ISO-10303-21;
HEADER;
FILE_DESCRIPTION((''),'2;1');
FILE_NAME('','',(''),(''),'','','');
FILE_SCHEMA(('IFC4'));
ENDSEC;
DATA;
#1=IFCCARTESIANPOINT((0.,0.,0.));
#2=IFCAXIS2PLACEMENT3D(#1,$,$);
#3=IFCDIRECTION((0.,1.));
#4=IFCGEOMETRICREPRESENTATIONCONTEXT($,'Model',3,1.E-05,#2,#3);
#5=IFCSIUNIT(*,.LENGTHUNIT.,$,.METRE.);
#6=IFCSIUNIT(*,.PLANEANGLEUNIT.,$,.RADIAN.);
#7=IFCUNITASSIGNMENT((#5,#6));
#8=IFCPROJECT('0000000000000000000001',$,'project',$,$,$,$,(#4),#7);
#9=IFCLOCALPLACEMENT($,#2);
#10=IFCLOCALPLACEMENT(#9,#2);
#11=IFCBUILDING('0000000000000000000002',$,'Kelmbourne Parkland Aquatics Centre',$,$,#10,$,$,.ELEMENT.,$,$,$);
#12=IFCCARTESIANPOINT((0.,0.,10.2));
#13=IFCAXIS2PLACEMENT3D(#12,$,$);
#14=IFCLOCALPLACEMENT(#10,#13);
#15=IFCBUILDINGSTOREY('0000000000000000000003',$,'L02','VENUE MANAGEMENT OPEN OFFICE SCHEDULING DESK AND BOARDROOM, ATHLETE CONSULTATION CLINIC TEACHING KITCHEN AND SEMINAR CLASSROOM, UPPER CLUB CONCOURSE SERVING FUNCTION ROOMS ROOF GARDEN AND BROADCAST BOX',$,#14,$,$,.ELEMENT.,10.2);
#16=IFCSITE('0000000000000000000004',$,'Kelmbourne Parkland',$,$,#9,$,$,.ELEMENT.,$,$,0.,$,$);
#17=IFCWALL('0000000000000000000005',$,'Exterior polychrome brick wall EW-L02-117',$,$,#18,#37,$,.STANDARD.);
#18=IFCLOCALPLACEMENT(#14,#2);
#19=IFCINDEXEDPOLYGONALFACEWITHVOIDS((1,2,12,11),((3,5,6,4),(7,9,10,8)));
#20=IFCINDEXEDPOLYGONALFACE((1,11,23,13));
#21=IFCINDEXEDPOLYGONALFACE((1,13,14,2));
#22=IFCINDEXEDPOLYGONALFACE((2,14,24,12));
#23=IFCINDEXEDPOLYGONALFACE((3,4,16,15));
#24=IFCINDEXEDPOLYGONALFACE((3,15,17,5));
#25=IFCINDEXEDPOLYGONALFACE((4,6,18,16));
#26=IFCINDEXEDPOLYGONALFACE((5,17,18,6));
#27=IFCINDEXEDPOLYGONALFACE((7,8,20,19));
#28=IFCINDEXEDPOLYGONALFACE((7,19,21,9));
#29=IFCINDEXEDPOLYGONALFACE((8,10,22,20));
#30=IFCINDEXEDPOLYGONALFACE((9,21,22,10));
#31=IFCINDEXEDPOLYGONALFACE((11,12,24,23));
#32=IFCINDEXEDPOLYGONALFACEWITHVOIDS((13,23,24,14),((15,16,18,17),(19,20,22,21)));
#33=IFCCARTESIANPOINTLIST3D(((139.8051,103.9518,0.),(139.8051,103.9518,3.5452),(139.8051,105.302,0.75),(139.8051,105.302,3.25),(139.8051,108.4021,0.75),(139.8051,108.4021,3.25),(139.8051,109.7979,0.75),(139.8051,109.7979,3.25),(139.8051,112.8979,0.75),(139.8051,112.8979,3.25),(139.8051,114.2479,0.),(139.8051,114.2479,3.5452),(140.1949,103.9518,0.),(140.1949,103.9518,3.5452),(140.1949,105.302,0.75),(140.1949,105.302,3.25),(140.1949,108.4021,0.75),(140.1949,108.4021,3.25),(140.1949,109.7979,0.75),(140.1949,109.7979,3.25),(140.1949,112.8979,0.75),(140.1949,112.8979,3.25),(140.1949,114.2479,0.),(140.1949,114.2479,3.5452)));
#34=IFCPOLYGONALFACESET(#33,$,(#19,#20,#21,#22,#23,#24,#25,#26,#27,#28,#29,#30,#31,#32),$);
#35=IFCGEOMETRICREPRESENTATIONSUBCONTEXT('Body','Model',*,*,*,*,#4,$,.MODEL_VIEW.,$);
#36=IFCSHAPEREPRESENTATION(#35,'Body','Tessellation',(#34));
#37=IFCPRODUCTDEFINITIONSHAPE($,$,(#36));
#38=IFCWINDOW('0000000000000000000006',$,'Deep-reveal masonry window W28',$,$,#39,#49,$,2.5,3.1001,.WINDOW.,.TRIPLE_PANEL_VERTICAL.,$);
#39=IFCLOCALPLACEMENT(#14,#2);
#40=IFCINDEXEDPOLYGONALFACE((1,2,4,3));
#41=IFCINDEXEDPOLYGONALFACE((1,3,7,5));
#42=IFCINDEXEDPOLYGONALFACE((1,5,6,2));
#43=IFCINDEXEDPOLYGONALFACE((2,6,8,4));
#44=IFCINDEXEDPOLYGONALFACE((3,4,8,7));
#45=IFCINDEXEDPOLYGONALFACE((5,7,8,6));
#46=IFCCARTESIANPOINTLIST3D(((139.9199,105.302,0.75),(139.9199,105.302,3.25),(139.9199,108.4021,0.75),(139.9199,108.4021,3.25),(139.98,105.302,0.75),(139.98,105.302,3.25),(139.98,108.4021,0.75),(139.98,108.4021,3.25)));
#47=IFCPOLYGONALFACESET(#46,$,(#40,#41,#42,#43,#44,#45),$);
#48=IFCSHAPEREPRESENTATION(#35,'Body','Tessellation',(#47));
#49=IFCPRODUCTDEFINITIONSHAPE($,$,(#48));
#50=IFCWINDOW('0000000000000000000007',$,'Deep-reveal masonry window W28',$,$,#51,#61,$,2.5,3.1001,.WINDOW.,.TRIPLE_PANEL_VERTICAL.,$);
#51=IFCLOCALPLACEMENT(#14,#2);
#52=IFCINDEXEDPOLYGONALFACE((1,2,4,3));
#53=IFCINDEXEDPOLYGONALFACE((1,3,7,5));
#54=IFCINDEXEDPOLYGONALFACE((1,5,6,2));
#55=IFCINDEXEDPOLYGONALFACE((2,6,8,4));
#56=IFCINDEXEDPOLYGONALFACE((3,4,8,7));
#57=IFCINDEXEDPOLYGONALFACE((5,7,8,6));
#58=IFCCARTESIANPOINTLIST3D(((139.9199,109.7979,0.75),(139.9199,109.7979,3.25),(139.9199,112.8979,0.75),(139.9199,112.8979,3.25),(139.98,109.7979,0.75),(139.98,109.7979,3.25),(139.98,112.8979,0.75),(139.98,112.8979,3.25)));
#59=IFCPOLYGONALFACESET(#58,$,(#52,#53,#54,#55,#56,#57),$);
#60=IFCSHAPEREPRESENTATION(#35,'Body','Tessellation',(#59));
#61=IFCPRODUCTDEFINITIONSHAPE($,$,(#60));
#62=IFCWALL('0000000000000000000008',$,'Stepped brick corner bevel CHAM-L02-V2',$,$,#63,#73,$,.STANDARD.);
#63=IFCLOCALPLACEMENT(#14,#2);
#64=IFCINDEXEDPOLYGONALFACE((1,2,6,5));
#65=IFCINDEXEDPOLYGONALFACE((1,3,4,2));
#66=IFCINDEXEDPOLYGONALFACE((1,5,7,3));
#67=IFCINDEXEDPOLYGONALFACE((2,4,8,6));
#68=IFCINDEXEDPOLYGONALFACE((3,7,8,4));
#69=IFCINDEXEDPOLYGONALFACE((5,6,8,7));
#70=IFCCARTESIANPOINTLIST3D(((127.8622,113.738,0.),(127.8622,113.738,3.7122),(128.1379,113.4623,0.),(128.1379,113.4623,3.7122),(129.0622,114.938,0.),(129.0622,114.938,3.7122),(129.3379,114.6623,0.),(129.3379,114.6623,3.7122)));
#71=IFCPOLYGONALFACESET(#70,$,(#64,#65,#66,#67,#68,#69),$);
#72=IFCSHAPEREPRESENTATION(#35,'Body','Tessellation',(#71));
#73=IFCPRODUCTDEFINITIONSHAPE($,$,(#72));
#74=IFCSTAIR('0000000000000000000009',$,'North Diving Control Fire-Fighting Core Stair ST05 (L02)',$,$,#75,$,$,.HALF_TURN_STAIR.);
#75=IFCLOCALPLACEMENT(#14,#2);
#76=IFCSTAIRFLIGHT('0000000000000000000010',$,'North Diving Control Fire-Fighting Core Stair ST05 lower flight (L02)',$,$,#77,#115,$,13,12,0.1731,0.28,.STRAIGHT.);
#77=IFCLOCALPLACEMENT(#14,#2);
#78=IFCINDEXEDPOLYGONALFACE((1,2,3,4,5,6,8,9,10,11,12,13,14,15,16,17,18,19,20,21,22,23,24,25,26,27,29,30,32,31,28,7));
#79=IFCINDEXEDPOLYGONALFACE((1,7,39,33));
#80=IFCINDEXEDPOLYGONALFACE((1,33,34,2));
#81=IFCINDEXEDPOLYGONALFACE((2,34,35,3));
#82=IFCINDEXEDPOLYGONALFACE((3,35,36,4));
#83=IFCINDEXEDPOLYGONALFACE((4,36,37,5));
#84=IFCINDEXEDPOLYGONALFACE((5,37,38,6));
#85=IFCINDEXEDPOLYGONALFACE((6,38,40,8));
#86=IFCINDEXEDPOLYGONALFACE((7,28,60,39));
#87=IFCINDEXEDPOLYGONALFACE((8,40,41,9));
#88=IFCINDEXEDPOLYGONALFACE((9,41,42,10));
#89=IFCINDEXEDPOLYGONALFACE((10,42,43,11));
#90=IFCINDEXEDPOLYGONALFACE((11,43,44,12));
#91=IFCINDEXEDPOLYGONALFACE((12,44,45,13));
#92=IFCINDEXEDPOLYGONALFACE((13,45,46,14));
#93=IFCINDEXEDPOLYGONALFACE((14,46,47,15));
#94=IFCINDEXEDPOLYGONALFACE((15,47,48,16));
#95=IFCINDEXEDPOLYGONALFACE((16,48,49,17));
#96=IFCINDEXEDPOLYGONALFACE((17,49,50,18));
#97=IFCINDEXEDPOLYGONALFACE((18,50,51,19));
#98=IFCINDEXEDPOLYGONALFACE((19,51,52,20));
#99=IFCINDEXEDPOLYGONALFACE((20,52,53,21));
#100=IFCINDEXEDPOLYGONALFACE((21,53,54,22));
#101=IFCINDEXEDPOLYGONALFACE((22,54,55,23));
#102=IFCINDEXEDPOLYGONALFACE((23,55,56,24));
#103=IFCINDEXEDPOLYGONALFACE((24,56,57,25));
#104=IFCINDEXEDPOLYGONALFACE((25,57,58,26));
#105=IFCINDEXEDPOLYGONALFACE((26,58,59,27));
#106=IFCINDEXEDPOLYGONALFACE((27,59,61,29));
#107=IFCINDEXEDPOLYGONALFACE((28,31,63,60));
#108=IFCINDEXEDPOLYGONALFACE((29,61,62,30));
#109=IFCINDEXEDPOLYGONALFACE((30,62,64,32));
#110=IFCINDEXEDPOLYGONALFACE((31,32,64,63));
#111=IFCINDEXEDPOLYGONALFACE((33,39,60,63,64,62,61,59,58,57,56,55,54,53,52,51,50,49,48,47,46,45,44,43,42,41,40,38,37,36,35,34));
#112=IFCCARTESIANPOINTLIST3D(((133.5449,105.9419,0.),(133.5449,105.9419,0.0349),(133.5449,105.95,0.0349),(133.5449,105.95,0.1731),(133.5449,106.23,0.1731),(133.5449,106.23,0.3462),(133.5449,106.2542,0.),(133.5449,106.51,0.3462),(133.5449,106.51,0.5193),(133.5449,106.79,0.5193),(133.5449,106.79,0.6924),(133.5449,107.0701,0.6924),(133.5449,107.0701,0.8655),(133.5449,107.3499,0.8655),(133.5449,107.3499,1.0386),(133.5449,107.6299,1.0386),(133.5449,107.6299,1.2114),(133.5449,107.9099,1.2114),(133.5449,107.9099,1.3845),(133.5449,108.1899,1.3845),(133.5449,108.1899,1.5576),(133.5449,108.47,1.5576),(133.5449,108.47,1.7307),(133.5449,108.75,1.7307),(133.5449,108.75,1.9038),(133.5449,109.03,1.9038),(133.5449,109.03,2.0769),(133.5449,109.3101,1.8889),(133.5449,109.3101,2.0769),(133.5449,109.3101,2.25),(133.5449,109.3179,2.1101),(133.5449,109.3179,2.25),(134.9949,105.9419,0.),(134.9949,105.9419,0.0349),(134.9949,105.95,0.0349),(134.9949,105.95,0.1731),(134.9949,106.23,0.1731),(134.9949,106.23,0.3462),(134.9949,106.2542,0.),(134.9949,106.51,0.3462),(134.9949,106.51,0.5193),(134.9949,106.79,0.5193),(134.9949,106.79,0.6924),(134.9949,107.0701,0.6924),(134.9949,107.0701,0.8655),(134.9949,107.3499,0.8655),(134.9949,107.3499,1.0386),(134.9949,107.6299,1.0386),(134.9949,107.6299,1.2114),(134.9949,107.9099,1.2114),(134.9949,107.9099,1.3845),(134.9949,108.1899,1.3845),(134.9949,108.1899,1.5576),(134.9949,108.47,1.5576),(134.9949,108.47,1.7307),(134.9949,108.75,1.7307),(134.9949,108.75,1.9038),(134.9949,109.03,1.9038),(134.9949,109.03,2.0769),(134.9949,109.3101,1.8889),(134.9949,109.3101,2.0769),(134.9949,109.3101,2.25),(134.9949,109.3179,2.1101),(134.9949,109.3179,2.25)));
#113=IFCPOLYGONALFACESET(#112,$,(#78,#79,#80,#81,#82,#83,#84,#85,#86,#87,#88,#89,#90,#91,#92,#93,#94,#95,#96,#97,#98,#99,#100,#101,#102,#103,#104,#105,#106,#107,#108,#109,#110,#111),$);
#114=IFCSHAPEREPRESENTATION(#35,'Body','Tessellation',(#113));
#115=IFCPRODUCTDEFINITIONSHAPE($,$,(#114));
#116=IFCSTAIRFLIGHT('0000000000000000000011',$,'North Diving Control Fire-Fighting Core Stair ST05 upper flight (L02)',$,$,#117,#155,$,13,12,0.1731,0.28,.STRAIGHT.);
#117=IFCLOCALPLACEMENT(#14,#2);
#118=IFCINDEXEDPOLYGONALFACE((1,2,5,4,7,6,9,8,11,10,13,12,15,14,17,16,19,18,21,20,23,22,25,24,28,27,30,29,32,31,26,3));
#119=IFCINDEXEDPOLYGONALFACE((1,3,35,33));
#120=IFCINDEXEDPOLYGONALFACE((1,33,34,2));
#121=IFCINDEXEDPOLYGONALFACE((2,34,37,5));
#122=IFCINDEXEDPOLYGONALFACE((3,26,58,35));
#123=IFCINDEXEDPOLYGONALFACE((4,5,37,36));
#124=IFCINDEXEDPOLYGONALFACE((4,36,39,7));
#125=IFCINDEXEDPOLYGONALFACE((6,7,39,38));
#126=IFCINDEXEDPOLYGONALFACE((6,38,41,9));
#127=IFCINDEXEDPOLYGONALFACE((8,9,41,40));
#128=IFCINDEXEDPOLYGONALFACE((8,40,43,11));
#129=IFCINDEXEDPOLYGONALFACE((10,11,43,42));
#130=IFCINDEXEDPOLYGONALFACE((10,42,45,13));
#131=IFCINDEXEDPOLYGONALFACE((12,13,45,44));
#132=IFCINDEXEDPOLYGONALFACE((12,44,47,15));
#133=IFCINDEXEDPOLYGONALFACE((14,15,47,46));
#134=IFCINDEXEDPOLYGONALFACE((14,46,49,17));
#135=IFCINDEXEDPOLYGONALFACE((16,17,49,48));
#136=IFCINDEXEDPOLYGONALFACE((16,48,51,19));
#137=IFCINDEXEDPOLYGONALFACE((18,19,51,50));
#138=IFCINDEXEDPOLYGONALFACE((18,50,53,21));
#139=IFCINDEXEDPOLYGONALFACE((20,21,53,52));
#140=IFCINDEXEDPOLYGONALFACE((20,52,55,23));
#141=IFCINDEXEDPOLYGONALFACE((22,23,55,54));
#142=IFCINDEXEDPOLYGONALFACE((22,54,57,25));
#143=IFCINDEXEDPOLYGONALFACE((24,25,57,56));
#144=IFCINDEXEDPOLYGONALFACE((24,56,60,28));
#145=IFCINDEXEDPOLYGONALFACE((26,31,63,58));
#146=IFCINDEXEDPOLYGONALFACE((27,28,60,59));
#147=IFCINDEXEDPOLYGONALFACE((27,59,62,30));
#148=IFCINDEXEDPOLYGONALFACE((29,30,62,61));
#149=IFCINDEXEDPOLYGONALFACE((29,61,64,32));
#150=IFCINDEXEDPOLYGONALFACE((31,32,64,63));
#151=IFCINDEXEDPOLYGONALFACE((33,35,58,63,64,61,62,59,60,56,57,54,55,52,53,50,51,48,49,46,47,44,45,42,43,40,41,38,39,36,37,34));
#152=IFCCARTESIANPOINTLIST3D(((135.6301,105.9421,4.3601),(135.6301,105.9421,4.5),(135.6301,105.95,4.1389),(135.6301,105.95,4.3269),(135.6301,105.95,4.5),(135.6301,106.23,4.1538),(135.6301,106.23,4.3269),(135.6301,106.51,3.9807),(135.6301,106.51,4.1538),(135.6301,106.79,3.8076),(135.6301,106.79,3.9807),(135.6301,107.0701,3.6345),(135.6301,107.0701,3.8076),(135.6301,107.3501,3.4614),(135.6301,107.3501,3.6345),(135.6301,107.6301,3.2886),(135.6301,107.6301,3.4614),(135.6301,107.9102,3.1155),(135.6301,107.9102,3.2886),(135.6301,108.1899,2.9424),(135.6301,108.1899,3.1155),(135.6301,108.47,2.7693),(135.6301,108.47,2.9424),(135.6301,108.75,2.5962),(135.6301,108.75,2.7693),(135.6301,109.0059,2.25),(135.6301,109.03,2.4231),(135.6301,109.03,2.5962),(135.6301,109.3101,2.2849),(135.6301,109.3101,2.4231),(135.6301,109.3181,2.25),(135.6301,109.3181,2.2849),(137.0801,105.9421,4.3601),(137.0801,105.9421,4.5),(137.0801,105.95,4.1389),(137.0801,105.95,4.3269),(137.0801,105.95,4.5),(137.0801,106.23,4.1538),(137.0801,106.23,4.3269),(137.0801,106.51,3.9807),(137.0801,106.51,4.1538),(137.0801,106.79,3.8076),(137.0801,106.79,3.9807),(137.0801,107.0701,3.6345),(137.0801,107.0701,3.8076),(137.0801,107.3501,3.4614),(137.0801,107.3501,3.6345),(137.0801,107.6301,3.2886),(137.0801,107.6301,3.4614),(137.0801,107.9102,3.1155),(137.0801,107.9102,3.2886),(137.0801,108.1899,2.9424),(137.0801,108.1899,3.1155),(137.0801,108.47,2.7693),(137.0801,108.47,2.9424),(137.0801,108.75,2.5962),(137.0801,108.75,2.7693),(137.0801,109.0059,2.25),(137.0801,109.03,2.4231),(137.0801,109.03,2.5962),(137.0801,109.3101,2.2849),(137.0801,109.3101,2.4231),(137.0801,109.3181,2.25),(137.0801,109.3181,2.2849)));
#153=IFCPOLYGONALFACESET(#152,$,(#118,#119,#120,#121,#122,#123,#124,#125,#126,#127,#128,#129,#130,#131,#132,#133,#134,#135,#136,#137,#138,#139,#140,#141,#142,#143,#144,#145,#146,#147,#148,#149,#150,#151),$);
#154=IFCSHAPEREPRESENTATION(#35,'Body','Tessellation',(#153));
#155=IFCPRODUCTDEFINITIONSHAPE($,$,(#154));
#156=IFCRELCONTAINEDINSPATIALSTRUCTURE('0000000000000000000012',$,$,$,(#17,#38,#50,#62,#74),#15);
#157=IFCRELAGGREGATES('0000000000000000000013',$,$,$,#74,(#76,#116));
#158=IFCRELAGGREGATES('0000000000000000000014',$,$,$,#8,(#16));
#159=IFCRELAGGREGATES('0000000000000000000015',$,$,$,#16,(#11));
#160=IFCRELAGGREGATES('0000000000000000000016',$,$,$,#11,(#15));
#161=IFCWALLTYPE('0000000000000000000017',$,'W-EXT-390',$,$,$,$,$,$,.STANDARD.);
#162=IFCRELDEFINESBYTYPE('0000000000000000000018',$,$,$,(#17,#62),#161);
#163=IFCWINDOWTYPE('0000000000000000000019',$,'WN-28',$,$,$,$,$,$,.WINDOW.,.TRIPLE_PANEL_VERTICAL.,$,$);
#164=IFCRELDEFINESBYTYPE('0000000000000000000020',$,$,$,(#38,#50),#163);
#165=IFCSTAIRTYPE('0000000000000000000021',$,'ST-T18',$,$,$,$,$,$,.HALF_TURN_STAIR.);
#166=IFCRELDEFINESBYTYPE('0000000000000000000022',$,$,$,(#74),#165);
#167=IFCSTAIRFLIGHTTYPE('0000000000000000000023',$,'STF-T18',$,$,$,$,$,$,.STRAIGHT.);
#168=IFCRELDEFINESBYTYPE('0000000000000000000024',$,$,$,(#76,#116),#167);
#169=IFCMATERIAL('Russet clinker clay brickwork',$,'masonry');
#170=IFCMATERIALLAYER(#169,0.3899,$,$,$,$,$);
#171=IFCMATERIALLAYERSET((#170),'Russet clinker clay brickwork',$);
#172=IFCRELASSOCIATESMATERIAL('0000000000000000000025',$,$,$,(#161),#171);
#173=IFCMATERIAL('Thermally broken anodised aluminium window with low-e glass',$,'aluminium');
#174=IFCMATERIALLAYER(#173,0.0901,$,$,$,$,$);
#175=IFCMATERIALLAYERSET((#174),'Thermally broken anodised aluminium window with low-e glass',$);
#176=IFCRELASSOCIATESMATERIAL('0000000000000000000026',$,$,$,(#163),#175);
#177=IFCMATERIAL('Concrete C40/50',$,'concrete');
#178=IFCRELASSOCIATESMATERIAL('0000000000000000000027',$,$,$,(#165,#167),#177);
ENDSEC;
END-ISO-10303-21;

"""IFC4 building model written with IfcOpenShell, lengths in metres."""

from ifc_helpers import new_model, si_unit, direction, frame, frame_2d, origin, place, context, subcontext, project, spatial, polyline, rectangle, outline, extrude, material, layer, layer_set, type_object, element, fill, aggregate, save


model = new_model("IFC4")

# Units and contexts
model_context = context("Model", 3, precision=1e-05, world=origin(), true_north=direction((0.0, 1.0)))
body_context = subcontext(model_context, "Body", "Model", "MODEL_VIEW")
ifc_project = project(units=[si_unit("LENGTHUNIT", "METRE"), si_unit("PLANEANGLEUNIT", "RADIAN")], contexts=[model_context])

# Site, building, storey
site_placement = place(None, origin())
site = spatial("IfcSite", under=ifc_project, at=site_placement, Name="Kelmbourne Parkland", CompositionType="ELEMENT", RefElevation=0.0)
building_placement = place(site_placement, origin())
building = spatial("IfcBuilding", under=site, at=building_placement, Name="Kelmbourne Parkland Aquatics Centre", CompositionType="ELEMENT")
storey_placement = place(building_placement, frame((0.0, 0.0, 10.2)))
storey = spatial("IfcBuildingStorey", under=building, at=storey_placement, Name="L02", Description="VENUE MANAGEMENT OPEN OFFICE SCHEDULING DESK AND BOARDROOM, ATHLETE CONSULTATION CLINIC TEACHING KITCHEN AND SEMINAR CLASSROOM, UPPER CLUB CONCOURSE SERVING FUNCTION ROOMS ROOF GARDEN AND BROADCAST BOX", CompositionType="ELEMENT", Elevation=10.2)

# Shared definitions
ifc_material_1 = material(Name="Concrete C40/50", Category="concrete")

# Wall, openings, windows
ifc_material_2 = material(Name="Thermally broken anodised aluminium window with low-e glass", Category="aluminium")
ifc_material_3 = material(Name="Russet clinker clay brickwork", Category="masonry")
ifc_layer_1 = layer(ifc_material_3, 0.3899)
ifc_layer_set_1 = layer_set([ifc_layer_1], Name="Russet clinker clay brickwork")
wall_type_1 = type_object("IfcWallType", Name="W-EXT-390", PredefinedType="STANDARD", material=ifc_layer_set_1)
wall_1_placement = place(storey_placement, frame((140.0, 103.9519, 0.0), z_axis=(0.0, 0.0, 1.0), x_axis=(0.0, 1.0, 0.0)))
wall_1 = element("IfcWall", 1, at=wall_1_placement, inside=storey, type_object=wall_type_1, Name="Exterior polychrome brick wall EW-L02-117", PredefinedType="STANDARD", context=body_context, shape_type="SweptSolid", body=[
    extrude(rectangle(XDim=10.2961, YDim=0.3899, at=frame_2d((5.1479, 0.0))), origin(), (0.0, 0.0, 1.0), 3.5452),
])
opening_1_placement = place(wall_1_placement, frame((1.3501, 0.0, 0.75)))
opening_1 = element("IfcOpeningElement", 2, at=opening_1_placement, cuts=wall_1, PredefinedType="OPENING", context=body_context, shape_type="SweptSolid", body=[
    extrude(rectangle(XDim=3.1001, YDim=2.5, at=frame_2d((1.55, 1.25))), frame((0.0, 0.207, 0.0), z_axis=(0.0, -1.0, 0.0), x_axis=(1.0, 0.0, 0.0)), (0.0, 0.0, 1.0), 0.4138),
])
opening_2_placement = place(wall_1_placement, frame((5.8459, 0.0, 0.75)))
opening_2 = element("IfcOpeningElement", 3, at=opening_2_placement, cuts=wall_1, PredefinedType="OPENING", context=body_context, shape_type="SweptSolid", body=[
    extrude(rectangle(XDim=3.1001, YDim=2.5, at=frame_2d((1.55, 1.25))), frame((0.0, 0.207, 0.0), z_axis=(0.0, -1.0, 0.0), x_axis=(1.0, 0.0, 0.0)), (0.0, 0.0, 1.0), 0.4138),
])
ifc_layer_2 = layer(ifc_material_2, 0.0901)
ifc_layer_set_2 = layer_set([ifc_layer_2], Name="Thermally broken anodised aluminium window with low-e glass")
window_type_1 = type_object("IfcWindowType", Name="WN-28", PartitioningType="TRIPLE_PANEL_VERTICAL", PredefinedType="WINDOW", material=ifc_layer_set_2)
window_1_placement = place(opening_1_placement, origin())
window_1 = element("IfcWindow", 4, at=window_1_placement, inside=storey, type_object=window_type_1, Name="Deep-reveal masonry window W28", OverallHeight=2.5, OverallWidth=3.1001, PartitioningType="TRIPLE_PANEL_VERTICAL", PredefinedType="WINDOW", context=body_context, shape_type="SweptSolid", body=[
    extrude(rectangle(XDim=3.1001, YDim=2.5, at=frame_2d((1.55, 1.25))), frame((0.0, 0.0801, 0.0), z_axis=(0.0, -1.0, 0.0), x_axis=(1.0, 0.0, 0.0)), (0.0, 0.0, 1.0), 0.0601),
])
fill(opening_1, window_1)
window_2_placement = place(opening_2_placement, origin())
window_2 = element("IfcWindow", 5, at=window_2_placement, inside=storey, type_object=window_type_1, Name="Deep-reveal masonry window W28", OverallHeight=2.5, OverallWidth=3.1001, PartitioningType="TRIPLE_PANEL_VERTICAL", PredefinedType="WINDOW", context=body_context, shape_type="SweptSolid", body=[
    extrude(rectangle(XDim=3.1001, YDim=2.5, at=frame_2d((1.55, 1.25))), frame((0.0, 0.0801, 0.0), z_axis=(0.0, -1.0, 0.0), x_axis=(1.0, 0.0, 0.0)), (0.0, 0.0, 1.0), 0.0601),
])
fill(opening_2, window_2)

# Wall
wall_2_placement = place(storey_placement, frame((128.0, 113.6001, 0.0), z_axis=(0.0, 0.0, 1.0), x_axis=(0.707107, 0.707107, 0.0)))
element("IfcWall", 6, at=wall_2_placement, inside=storey, type_object=wall_type_1, Name="Stepped brick corner bevel CHAM-L02-V2", PredefinedType="STANDARD", context=body_context, shape_type="SweptSolid", body=[
    extrude(rectangle(XDim=1.697, YDim=0.3899, at=frame_2d((0.8486, 0.0))), origin(), (0.0, 0.0, 1.0), 3.7122),
])

# Stair, stair flights
stair_type = type_object("IfcStairType", Name="ST-T18", PredefinedType="HALF_TURN_STAIR", material=ifc_material_1)
stair_placement = place(storey_placement, origin())
stair = element("IfcStair", 7, at=stair_placement, inside=storey, type_object=stair_type, Name="North Diving Control Fire-Fighting Core Stair ST05 (L02)", PredefinedType="HALF_TURN_STAIR")
stair_flight_type = type_object("IfcStairFlightType", Name="STF-T18", PredefinedType="STRAIGHT", material=ifc_material_1)
stair_flight_1_placement = place(storey_placement, frame((134.27, 105.95, 0.0), z_axis=(0.0, 0.0, 1.0), x_axis=(0.0, 1.0, 0.0)))
stair_flight_1 = element("IfcStairFlight", 8, at=stair_flight_1_placement, type_object=stair_flight_type, Name="North Diving Control Fire-Fighting Core Stair ST05 lower flight (L02)", NumberOfRisers=13, NumberOfTreads=12, PredefinedType="STRAIGHT", RiserHeight=0.1731, TreadLength=0.28, context=body_context, shape_type="SweptSolid", body=[
    extrude(outline(polyline([(-0.0081, 0.0), (-0.0081, 0.0349), (0.0, 0.0349), (0.0, 0.1731), (0.28, 0.1731), (0.28, 0.3462), (0.5601, 0.3462), (0.5601, 0.5193), (0.8401, 0.5193), (0.8401, 0.6924), (1.1201, 0.6924), (1.1201, 0.8655), (1.3999, 0.8655), (1.3999, 1.0386), (1.6799, 1.0386), (1.6799, 1.2114), (1.96, 1.2114), (1.96, 1.3845), (2.24, 1.3845), (2.24, 1.5576), (2.52, 1.5576), (2.52, 1.7307), (2.8, 1.7307), (2.8, 1.9038), (3.0801, 1.9038), (3.0801, 2.0769), (3.3601, 2.0769), (3.3601, 2.25), (3.3679, 2.25), (3.3679, 2.1101), (3.3601, 1.8889), (0.3042, 0.0), (-0.0081, 0.0)])), frame((0.0, 0.7251, 0.0), z_axis=(0.0, -1.0, 0.0), x_axis=(1.0, 0.0, 0.0)), (0.0, 0.0, 1.0), 1.45),
])
stair_flight_2_placement = place(storey_placement, frame((136.355, 109.3101, 2.25), z_axis=(0.0, 0.0, 1.0), x_axis=(0.0, -1.0, 0.0)))
stair_flight_2 = element("IfcStairFlight", 9, at=stair_flight_2_placement, type_object=stair_flight_type, Name="North Diving Control Fire-Fighting Core Stair ST05 upper flight (L02)", NumberOfRisers=13, NumberOfTreads=12, PredefinedType="STRAIGHT", RiserHeight=0.1731, TreadLength=0.28, context=body_context, shape_type="SweptSolid", body=[
    extrude(outline(polyline([(-0.0081, 0.0), (-0.0081, 0.0349), (0.0, 0.0349), (0.0, 0.1731), (0.28, 0.1731), (0.28, 0.3462), (0.5601, 0.3462), (0.5601, 0.5193), (0.8401, 0.5193), (0.8401, 0.6924), (1.1201, 0.6924), (1.1201, 0.8655), (1.3999, 0.8655), (1.3999, 1.0386), (1.6799, 1.0386), (1.6799, 1.2114), (1.96, 1.2114), (1.96, 1.3845), (2.24, 1.3845), (2.24, 1.5576), (2.52, 1.5576), (2.52, 1.7307), (2.8, 1.7307), (2.8, 1.9038), (3.0801, 1.9038), (3.0801, 2.0769), (3.3601, 2.0769), (3.3601, 2.25), (3.3679, 2.25), (3.3679, 2.1101), (3.3601, 1.8889), (0.3042, 0.0), (-0.0081, 0.0)])), frame((0.0, 0.7251, 0.0), z_axis=(0.0, -1.0, 0.0), x_axis=(1.0, 0.0, 0.0)), (0.0, 0.0, 1.0), 1.45),
])
aggregate(stair, [stair_flight_1, stair_flight_2])

save(model, "model.ifc")
